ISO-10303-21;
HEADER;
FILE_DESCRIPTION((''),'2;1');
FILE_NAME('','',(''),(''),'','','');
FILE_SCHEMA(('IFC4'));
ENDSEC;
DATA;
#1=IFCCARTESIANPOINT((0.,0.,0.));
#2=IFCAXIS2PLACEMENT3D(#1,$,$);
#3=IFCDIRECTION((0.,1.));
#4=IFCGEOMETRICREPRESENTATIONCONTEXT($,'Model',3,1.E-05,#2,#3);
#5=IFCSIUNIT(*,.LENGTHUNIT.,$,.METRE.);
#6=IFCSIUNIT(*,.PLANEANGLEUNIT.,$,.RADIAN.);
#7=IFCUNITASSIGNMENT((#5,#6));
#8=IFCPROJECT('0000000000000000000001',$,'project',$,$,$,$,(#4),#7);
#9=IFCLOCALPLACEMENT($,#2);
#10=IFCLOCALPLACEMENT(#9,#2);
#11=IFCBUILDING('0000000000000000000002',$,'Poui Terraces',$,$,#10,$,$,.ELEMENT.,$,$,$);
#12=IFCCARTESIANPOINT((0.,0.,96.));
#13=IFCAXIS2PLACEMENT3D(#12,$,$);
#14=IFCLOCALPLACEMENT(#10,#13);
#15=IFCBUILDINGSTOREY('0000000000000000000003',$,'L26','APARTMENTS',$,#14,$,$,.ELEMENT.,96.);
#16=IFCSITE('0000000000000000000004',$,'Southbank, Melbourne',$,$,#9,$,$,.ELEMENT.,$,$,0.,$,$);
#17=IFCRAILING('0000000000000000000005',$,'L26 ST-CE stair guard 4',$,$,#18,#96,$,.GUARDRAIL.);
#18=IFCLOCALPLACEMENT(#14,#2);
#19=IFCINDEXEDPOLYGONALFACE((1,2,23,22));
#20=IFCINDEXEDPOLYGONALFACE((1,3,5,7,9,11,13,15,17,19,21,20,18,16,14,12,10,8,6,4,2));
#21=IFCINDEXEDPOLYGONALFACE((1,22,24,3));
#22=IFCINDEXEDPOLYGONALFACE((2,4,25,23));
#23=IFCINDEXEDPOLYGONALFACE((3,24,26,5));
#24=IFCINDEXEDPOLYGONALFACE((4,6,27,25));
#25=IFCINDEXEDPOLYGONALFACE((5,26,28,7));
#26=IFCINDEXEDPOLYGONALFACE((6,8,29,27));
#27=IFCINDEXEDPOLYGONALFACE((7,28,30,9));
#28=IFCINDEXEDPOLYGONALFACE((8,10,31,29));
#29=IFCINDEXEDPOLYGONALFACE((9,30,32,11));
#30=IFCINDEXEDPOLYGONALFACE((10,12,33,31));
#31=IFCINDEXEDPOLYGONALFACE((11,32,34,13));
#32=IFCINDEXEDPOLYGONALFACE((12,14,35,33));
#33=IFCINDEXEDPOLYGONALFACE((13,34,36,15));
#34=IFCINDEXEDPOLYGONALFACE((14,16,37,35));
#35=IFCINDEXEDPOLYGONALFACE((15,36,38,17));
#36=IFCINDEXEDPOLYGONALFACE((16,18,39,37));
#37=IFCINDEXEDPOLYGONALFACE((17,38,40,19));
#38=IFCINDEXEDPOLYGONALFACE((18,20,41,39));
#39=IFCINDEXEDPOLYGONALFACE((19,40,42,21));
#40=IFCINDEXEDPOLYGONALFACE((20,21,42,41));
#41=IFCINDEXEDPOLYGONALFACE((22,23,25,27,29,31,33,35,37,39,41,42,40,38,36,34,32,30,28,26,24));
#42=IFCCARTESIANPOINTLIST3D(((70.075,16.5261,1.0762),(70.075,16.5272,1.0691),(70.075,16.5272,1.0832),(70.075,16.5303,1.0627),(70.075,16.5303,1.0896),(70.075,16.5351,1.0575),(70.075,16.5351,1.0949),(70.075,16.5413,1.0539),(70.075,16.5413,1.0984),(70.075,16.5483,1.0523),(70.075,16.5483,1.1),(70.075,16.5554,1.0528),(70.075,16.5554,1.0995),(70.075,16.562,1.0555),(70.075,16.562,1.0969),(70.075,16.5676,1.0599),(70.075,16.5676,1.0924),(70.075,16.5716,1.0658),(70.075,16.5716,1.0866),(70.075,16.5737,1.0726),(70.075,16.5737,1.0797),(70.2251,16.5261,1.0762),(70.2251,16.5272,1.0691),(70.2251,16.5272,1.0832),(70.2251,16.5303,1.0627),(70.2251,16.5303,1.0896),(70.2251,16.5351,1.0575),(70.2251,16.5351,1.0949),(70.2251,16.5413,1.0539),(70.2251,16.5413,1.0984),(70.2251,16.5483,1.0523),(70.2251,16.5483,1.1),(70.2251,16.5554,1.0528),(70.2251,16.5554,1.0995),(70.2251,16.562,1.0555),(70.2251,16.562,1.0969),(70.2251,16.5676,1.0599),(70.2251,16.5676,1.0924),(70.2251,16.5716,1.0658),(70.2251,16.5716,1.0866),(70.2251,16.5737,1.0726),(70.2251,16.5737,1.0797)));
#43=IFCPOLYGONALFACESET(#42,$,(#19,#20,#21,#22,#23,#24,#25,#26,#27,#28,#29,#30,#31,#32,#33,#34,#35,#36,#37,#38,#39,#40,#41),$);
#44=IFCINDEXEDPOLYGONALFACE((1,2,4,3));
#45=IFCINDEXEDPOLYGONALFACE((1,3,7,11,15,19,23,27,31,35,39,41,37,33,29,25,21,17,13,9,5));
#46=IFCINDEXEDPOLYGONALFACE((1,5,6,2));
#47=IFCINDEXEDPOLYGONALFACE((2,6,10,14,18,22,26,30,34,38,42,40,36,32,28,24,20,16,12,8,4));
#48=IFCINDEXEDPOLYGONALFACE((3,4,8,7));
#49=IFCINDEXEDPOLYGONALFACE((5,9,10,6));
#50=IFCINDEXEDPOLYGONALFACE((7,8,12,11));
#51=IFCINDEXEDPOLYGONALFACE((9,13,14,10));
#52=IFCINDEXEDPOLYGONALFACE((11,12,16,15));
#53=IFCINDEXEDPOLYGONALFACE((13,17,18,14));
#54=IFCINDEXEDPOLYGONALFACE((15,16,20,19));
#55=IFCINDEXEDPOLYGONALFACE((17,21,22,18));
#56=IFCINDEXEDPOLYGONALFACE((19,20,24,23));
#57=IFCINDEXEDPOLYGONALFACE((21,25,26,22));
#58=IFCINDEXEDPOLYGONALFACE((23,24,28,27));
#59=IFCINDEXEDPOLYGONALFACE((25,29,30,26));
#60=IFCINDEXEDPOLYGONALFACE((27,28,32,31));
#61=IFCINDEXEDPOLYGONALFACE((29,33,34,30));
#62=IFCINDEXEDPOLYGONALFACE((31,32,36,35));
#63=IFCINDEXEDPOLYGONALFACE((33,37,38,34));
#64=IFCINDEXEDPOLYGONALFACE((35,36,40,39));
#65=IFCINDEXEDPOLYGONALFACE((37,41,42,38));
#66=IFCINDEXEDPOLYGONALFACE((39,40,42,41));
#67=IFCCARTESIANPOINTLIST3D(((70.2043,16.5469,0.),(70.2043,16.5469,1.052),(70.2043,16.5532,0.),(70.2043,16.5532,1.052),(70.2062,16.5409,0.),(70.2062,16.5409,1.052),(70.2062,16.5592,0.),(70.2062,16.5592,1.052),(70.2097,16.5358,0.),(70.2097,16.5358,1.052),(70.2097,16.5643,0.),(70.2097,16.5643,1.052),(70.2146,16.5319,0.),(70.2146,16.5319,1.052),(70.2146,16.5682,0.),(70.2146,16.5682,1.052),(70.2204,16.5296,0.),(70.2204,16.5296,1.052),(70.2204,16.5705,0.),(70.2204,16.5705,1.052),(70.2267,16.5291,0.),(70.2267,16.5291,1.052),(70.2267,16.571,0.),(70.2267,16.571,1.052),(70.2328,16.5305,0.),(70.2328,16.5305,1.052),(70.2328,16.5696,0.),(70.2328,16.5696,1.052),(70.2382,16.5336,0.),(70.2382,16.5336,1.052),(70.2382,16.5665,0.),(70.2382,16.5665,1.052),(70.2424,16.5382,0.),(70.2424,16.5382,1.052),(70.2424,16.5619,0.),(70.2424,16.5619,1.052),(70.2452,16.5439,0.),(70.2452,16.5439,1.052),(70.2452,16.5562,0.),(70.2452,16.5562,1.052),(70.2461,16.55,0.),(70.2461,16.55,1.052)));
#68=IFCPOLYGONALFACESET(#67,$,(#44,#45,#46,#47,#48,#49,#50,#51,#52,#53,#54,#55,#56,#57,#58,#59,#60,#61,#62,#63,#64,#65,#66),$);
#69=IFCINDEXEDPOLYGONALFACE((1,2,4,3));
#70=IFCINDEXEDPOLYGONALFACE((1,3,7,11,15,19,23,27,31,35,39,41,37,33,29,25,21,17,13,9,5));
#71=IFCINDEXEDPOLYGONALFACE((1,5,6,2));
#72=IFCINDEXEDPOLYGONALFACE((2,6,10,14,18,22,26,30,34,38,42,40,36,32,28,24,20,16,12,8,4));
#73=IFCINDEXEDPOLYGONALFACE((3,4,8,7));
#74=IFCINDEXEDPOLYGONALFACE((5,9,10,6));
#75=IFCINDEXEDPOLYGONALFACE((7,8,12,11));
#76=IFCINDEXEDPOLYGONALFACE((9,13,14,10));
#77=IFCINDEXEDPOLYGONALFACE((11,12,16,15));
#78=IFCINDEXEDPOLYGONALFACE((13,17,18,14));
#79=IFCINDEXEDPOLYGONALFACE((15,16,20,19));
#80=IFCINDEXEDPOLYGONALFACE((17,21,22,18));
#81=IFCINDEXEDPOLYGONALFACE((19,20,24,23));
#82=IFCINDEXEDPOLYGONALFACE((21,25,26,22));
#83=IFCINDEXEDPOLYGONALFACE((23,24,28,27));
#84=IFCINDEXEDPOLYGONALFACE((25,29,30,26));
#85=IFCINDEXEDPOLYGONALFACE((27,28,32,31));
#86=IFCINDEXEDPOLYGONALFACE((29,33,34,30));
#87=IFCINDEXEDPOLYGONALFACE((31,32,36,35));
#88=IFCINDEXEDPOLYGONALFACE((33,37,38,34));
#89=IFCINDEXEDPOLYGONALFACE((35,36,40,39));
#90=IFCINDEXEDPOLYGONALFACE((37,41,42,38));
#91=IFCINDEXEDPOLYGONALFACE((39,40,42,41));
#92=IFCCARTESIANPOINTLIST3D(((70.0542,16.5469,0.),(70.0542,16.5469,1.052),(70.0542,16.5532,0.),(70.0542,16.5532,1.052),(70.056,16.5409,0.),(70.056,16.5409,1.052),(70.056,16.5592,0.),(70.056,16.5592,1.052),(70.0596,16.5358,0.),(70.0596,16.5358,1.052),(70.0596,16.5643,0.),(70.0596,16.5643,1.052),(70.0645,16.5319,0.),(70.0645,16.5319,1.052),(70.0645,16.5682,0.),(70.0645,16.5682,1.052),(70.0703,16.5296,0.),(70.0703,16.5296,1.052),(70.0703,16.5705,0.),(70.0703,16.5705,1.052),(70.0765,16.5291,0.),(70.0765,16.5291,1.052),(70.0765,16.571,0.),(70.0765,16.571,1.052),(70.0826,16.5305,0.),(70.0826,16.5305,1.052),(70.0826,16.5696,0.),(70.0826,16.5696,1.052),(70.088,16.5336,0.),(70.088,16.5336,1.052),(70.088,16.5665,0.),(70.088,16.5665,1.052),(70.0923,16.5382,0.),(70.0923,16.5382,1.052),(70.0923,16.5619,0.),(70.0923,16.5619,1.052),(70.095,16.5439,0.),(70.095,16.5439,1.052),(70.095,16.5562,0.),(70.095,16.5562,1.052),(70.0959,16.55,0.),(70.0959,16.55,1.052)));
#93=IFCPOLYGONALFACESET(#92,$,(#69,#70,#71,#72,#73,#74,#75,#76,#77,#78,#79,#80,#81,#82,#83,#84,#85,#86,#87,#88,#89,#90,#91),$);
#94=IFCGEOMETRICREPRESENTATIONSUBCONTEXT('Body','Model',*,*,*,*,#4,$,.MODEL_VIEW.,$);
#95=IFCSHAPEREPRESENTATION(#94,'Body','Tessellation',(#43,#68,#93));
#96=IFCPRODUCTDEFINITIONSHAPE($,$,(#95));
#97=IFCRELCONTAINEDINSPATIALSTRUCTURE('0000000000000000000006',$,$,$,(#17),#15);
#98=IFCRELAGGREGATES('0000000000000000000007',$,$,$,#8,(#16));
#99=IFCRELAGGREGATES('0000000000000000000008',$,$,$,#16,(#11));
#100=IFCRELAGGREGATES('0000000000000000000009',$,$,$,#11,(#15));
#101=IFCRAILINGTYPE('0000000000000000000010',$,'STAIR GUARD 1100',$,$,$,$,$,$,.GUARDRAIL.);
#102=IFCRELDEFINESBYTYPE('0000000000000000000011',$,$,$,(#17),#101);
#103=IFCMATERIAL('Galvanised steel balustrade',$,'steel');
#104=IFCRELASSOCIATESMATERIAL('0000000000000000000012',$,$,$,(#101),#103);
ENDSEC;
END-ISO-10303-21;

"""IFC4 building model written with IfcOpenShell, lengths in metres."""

from ifc_helpers import new_model, si_unit, direction, frame, origin, origin_2d, place, context, subcontext, project, spatial, circle, extrude, material, type_object, element, save


model = new_model("IFC4")

# Units and contexts
model_context = context("Model", 3, precision=1e-05, world=origin(), true_north=direction((0.0, 1.0)))
body_context = subcontext(model_context, "Body", "Model", "MODEL_VIEW")
ifc_project = project(units=[si_unit("LENGTHUNIT", "METRE"), si_unit("PLANEANGLEUNIT", "RADIAN")], contexts=[model_context])

# Site, building, storey
site_placement = place(None, origin())
site = spatial("IfcSite", under=ifc_project, at=site_placement, Name="Southbank, Melbourne", CompositionType="ELEMENT", RefElevation=0.0)
building_placement = place(site_placement, origin())
building = spatial("IfcBuilding", under=site, at=building_placement, Name="Poui Terraces", CompositionType="ELEMENT")
storey_placement = place(building_placement, frame((0.0, 0.0, 96.0)))
storey = spatial("IfcBuildingStorey", under=building, at=storey_placement, Name="L26", Description="APARTMENTS", CompositionType="ELEMENT", Elevation=96.0)

# Railing
ifc_material_1 = material(Name="Galvanised steel balustrade", Category="steel")
railing_type_1 = type_object("IfcRailingType", Name="STAIR GUARD 1100", PredefinedType="GUARDRAIL", material=ifc_material_1)
railing_1_placement = place(storey_placement, frame((70.2251, 16.55, 0.0)))
element("IfcRailing", 1, at=railing_1_placement, inside=storey, type_object=railing_type_1, Name="L26 ST-CE stair guard 4", PredefinedType="GUARDRAIL", context=body_context, shape_type="SweptSolid", body=[
    extrude(circle(Radius=0.0239, at=origin_2d()), frame((0.0, 0.0, 1.0762), z_axis=(-1.0, 0.0, 0.0), x_axis=(0.0, -1.0, 0.0)), (0.0, 0.0, 1.0), 0.1501),
    extrude(circle(Radius=0.021, at=origin_2d()), origin(), (0.0, 0.0, 1.0), 1.052),
    extrude(circle(Radius=0.021, at=origin_2d()), frame((-0.1501, 0.0, 0.0)), (0.0, 0.0, 1.0), 1.052),
])

save(model, "model.ifc")
